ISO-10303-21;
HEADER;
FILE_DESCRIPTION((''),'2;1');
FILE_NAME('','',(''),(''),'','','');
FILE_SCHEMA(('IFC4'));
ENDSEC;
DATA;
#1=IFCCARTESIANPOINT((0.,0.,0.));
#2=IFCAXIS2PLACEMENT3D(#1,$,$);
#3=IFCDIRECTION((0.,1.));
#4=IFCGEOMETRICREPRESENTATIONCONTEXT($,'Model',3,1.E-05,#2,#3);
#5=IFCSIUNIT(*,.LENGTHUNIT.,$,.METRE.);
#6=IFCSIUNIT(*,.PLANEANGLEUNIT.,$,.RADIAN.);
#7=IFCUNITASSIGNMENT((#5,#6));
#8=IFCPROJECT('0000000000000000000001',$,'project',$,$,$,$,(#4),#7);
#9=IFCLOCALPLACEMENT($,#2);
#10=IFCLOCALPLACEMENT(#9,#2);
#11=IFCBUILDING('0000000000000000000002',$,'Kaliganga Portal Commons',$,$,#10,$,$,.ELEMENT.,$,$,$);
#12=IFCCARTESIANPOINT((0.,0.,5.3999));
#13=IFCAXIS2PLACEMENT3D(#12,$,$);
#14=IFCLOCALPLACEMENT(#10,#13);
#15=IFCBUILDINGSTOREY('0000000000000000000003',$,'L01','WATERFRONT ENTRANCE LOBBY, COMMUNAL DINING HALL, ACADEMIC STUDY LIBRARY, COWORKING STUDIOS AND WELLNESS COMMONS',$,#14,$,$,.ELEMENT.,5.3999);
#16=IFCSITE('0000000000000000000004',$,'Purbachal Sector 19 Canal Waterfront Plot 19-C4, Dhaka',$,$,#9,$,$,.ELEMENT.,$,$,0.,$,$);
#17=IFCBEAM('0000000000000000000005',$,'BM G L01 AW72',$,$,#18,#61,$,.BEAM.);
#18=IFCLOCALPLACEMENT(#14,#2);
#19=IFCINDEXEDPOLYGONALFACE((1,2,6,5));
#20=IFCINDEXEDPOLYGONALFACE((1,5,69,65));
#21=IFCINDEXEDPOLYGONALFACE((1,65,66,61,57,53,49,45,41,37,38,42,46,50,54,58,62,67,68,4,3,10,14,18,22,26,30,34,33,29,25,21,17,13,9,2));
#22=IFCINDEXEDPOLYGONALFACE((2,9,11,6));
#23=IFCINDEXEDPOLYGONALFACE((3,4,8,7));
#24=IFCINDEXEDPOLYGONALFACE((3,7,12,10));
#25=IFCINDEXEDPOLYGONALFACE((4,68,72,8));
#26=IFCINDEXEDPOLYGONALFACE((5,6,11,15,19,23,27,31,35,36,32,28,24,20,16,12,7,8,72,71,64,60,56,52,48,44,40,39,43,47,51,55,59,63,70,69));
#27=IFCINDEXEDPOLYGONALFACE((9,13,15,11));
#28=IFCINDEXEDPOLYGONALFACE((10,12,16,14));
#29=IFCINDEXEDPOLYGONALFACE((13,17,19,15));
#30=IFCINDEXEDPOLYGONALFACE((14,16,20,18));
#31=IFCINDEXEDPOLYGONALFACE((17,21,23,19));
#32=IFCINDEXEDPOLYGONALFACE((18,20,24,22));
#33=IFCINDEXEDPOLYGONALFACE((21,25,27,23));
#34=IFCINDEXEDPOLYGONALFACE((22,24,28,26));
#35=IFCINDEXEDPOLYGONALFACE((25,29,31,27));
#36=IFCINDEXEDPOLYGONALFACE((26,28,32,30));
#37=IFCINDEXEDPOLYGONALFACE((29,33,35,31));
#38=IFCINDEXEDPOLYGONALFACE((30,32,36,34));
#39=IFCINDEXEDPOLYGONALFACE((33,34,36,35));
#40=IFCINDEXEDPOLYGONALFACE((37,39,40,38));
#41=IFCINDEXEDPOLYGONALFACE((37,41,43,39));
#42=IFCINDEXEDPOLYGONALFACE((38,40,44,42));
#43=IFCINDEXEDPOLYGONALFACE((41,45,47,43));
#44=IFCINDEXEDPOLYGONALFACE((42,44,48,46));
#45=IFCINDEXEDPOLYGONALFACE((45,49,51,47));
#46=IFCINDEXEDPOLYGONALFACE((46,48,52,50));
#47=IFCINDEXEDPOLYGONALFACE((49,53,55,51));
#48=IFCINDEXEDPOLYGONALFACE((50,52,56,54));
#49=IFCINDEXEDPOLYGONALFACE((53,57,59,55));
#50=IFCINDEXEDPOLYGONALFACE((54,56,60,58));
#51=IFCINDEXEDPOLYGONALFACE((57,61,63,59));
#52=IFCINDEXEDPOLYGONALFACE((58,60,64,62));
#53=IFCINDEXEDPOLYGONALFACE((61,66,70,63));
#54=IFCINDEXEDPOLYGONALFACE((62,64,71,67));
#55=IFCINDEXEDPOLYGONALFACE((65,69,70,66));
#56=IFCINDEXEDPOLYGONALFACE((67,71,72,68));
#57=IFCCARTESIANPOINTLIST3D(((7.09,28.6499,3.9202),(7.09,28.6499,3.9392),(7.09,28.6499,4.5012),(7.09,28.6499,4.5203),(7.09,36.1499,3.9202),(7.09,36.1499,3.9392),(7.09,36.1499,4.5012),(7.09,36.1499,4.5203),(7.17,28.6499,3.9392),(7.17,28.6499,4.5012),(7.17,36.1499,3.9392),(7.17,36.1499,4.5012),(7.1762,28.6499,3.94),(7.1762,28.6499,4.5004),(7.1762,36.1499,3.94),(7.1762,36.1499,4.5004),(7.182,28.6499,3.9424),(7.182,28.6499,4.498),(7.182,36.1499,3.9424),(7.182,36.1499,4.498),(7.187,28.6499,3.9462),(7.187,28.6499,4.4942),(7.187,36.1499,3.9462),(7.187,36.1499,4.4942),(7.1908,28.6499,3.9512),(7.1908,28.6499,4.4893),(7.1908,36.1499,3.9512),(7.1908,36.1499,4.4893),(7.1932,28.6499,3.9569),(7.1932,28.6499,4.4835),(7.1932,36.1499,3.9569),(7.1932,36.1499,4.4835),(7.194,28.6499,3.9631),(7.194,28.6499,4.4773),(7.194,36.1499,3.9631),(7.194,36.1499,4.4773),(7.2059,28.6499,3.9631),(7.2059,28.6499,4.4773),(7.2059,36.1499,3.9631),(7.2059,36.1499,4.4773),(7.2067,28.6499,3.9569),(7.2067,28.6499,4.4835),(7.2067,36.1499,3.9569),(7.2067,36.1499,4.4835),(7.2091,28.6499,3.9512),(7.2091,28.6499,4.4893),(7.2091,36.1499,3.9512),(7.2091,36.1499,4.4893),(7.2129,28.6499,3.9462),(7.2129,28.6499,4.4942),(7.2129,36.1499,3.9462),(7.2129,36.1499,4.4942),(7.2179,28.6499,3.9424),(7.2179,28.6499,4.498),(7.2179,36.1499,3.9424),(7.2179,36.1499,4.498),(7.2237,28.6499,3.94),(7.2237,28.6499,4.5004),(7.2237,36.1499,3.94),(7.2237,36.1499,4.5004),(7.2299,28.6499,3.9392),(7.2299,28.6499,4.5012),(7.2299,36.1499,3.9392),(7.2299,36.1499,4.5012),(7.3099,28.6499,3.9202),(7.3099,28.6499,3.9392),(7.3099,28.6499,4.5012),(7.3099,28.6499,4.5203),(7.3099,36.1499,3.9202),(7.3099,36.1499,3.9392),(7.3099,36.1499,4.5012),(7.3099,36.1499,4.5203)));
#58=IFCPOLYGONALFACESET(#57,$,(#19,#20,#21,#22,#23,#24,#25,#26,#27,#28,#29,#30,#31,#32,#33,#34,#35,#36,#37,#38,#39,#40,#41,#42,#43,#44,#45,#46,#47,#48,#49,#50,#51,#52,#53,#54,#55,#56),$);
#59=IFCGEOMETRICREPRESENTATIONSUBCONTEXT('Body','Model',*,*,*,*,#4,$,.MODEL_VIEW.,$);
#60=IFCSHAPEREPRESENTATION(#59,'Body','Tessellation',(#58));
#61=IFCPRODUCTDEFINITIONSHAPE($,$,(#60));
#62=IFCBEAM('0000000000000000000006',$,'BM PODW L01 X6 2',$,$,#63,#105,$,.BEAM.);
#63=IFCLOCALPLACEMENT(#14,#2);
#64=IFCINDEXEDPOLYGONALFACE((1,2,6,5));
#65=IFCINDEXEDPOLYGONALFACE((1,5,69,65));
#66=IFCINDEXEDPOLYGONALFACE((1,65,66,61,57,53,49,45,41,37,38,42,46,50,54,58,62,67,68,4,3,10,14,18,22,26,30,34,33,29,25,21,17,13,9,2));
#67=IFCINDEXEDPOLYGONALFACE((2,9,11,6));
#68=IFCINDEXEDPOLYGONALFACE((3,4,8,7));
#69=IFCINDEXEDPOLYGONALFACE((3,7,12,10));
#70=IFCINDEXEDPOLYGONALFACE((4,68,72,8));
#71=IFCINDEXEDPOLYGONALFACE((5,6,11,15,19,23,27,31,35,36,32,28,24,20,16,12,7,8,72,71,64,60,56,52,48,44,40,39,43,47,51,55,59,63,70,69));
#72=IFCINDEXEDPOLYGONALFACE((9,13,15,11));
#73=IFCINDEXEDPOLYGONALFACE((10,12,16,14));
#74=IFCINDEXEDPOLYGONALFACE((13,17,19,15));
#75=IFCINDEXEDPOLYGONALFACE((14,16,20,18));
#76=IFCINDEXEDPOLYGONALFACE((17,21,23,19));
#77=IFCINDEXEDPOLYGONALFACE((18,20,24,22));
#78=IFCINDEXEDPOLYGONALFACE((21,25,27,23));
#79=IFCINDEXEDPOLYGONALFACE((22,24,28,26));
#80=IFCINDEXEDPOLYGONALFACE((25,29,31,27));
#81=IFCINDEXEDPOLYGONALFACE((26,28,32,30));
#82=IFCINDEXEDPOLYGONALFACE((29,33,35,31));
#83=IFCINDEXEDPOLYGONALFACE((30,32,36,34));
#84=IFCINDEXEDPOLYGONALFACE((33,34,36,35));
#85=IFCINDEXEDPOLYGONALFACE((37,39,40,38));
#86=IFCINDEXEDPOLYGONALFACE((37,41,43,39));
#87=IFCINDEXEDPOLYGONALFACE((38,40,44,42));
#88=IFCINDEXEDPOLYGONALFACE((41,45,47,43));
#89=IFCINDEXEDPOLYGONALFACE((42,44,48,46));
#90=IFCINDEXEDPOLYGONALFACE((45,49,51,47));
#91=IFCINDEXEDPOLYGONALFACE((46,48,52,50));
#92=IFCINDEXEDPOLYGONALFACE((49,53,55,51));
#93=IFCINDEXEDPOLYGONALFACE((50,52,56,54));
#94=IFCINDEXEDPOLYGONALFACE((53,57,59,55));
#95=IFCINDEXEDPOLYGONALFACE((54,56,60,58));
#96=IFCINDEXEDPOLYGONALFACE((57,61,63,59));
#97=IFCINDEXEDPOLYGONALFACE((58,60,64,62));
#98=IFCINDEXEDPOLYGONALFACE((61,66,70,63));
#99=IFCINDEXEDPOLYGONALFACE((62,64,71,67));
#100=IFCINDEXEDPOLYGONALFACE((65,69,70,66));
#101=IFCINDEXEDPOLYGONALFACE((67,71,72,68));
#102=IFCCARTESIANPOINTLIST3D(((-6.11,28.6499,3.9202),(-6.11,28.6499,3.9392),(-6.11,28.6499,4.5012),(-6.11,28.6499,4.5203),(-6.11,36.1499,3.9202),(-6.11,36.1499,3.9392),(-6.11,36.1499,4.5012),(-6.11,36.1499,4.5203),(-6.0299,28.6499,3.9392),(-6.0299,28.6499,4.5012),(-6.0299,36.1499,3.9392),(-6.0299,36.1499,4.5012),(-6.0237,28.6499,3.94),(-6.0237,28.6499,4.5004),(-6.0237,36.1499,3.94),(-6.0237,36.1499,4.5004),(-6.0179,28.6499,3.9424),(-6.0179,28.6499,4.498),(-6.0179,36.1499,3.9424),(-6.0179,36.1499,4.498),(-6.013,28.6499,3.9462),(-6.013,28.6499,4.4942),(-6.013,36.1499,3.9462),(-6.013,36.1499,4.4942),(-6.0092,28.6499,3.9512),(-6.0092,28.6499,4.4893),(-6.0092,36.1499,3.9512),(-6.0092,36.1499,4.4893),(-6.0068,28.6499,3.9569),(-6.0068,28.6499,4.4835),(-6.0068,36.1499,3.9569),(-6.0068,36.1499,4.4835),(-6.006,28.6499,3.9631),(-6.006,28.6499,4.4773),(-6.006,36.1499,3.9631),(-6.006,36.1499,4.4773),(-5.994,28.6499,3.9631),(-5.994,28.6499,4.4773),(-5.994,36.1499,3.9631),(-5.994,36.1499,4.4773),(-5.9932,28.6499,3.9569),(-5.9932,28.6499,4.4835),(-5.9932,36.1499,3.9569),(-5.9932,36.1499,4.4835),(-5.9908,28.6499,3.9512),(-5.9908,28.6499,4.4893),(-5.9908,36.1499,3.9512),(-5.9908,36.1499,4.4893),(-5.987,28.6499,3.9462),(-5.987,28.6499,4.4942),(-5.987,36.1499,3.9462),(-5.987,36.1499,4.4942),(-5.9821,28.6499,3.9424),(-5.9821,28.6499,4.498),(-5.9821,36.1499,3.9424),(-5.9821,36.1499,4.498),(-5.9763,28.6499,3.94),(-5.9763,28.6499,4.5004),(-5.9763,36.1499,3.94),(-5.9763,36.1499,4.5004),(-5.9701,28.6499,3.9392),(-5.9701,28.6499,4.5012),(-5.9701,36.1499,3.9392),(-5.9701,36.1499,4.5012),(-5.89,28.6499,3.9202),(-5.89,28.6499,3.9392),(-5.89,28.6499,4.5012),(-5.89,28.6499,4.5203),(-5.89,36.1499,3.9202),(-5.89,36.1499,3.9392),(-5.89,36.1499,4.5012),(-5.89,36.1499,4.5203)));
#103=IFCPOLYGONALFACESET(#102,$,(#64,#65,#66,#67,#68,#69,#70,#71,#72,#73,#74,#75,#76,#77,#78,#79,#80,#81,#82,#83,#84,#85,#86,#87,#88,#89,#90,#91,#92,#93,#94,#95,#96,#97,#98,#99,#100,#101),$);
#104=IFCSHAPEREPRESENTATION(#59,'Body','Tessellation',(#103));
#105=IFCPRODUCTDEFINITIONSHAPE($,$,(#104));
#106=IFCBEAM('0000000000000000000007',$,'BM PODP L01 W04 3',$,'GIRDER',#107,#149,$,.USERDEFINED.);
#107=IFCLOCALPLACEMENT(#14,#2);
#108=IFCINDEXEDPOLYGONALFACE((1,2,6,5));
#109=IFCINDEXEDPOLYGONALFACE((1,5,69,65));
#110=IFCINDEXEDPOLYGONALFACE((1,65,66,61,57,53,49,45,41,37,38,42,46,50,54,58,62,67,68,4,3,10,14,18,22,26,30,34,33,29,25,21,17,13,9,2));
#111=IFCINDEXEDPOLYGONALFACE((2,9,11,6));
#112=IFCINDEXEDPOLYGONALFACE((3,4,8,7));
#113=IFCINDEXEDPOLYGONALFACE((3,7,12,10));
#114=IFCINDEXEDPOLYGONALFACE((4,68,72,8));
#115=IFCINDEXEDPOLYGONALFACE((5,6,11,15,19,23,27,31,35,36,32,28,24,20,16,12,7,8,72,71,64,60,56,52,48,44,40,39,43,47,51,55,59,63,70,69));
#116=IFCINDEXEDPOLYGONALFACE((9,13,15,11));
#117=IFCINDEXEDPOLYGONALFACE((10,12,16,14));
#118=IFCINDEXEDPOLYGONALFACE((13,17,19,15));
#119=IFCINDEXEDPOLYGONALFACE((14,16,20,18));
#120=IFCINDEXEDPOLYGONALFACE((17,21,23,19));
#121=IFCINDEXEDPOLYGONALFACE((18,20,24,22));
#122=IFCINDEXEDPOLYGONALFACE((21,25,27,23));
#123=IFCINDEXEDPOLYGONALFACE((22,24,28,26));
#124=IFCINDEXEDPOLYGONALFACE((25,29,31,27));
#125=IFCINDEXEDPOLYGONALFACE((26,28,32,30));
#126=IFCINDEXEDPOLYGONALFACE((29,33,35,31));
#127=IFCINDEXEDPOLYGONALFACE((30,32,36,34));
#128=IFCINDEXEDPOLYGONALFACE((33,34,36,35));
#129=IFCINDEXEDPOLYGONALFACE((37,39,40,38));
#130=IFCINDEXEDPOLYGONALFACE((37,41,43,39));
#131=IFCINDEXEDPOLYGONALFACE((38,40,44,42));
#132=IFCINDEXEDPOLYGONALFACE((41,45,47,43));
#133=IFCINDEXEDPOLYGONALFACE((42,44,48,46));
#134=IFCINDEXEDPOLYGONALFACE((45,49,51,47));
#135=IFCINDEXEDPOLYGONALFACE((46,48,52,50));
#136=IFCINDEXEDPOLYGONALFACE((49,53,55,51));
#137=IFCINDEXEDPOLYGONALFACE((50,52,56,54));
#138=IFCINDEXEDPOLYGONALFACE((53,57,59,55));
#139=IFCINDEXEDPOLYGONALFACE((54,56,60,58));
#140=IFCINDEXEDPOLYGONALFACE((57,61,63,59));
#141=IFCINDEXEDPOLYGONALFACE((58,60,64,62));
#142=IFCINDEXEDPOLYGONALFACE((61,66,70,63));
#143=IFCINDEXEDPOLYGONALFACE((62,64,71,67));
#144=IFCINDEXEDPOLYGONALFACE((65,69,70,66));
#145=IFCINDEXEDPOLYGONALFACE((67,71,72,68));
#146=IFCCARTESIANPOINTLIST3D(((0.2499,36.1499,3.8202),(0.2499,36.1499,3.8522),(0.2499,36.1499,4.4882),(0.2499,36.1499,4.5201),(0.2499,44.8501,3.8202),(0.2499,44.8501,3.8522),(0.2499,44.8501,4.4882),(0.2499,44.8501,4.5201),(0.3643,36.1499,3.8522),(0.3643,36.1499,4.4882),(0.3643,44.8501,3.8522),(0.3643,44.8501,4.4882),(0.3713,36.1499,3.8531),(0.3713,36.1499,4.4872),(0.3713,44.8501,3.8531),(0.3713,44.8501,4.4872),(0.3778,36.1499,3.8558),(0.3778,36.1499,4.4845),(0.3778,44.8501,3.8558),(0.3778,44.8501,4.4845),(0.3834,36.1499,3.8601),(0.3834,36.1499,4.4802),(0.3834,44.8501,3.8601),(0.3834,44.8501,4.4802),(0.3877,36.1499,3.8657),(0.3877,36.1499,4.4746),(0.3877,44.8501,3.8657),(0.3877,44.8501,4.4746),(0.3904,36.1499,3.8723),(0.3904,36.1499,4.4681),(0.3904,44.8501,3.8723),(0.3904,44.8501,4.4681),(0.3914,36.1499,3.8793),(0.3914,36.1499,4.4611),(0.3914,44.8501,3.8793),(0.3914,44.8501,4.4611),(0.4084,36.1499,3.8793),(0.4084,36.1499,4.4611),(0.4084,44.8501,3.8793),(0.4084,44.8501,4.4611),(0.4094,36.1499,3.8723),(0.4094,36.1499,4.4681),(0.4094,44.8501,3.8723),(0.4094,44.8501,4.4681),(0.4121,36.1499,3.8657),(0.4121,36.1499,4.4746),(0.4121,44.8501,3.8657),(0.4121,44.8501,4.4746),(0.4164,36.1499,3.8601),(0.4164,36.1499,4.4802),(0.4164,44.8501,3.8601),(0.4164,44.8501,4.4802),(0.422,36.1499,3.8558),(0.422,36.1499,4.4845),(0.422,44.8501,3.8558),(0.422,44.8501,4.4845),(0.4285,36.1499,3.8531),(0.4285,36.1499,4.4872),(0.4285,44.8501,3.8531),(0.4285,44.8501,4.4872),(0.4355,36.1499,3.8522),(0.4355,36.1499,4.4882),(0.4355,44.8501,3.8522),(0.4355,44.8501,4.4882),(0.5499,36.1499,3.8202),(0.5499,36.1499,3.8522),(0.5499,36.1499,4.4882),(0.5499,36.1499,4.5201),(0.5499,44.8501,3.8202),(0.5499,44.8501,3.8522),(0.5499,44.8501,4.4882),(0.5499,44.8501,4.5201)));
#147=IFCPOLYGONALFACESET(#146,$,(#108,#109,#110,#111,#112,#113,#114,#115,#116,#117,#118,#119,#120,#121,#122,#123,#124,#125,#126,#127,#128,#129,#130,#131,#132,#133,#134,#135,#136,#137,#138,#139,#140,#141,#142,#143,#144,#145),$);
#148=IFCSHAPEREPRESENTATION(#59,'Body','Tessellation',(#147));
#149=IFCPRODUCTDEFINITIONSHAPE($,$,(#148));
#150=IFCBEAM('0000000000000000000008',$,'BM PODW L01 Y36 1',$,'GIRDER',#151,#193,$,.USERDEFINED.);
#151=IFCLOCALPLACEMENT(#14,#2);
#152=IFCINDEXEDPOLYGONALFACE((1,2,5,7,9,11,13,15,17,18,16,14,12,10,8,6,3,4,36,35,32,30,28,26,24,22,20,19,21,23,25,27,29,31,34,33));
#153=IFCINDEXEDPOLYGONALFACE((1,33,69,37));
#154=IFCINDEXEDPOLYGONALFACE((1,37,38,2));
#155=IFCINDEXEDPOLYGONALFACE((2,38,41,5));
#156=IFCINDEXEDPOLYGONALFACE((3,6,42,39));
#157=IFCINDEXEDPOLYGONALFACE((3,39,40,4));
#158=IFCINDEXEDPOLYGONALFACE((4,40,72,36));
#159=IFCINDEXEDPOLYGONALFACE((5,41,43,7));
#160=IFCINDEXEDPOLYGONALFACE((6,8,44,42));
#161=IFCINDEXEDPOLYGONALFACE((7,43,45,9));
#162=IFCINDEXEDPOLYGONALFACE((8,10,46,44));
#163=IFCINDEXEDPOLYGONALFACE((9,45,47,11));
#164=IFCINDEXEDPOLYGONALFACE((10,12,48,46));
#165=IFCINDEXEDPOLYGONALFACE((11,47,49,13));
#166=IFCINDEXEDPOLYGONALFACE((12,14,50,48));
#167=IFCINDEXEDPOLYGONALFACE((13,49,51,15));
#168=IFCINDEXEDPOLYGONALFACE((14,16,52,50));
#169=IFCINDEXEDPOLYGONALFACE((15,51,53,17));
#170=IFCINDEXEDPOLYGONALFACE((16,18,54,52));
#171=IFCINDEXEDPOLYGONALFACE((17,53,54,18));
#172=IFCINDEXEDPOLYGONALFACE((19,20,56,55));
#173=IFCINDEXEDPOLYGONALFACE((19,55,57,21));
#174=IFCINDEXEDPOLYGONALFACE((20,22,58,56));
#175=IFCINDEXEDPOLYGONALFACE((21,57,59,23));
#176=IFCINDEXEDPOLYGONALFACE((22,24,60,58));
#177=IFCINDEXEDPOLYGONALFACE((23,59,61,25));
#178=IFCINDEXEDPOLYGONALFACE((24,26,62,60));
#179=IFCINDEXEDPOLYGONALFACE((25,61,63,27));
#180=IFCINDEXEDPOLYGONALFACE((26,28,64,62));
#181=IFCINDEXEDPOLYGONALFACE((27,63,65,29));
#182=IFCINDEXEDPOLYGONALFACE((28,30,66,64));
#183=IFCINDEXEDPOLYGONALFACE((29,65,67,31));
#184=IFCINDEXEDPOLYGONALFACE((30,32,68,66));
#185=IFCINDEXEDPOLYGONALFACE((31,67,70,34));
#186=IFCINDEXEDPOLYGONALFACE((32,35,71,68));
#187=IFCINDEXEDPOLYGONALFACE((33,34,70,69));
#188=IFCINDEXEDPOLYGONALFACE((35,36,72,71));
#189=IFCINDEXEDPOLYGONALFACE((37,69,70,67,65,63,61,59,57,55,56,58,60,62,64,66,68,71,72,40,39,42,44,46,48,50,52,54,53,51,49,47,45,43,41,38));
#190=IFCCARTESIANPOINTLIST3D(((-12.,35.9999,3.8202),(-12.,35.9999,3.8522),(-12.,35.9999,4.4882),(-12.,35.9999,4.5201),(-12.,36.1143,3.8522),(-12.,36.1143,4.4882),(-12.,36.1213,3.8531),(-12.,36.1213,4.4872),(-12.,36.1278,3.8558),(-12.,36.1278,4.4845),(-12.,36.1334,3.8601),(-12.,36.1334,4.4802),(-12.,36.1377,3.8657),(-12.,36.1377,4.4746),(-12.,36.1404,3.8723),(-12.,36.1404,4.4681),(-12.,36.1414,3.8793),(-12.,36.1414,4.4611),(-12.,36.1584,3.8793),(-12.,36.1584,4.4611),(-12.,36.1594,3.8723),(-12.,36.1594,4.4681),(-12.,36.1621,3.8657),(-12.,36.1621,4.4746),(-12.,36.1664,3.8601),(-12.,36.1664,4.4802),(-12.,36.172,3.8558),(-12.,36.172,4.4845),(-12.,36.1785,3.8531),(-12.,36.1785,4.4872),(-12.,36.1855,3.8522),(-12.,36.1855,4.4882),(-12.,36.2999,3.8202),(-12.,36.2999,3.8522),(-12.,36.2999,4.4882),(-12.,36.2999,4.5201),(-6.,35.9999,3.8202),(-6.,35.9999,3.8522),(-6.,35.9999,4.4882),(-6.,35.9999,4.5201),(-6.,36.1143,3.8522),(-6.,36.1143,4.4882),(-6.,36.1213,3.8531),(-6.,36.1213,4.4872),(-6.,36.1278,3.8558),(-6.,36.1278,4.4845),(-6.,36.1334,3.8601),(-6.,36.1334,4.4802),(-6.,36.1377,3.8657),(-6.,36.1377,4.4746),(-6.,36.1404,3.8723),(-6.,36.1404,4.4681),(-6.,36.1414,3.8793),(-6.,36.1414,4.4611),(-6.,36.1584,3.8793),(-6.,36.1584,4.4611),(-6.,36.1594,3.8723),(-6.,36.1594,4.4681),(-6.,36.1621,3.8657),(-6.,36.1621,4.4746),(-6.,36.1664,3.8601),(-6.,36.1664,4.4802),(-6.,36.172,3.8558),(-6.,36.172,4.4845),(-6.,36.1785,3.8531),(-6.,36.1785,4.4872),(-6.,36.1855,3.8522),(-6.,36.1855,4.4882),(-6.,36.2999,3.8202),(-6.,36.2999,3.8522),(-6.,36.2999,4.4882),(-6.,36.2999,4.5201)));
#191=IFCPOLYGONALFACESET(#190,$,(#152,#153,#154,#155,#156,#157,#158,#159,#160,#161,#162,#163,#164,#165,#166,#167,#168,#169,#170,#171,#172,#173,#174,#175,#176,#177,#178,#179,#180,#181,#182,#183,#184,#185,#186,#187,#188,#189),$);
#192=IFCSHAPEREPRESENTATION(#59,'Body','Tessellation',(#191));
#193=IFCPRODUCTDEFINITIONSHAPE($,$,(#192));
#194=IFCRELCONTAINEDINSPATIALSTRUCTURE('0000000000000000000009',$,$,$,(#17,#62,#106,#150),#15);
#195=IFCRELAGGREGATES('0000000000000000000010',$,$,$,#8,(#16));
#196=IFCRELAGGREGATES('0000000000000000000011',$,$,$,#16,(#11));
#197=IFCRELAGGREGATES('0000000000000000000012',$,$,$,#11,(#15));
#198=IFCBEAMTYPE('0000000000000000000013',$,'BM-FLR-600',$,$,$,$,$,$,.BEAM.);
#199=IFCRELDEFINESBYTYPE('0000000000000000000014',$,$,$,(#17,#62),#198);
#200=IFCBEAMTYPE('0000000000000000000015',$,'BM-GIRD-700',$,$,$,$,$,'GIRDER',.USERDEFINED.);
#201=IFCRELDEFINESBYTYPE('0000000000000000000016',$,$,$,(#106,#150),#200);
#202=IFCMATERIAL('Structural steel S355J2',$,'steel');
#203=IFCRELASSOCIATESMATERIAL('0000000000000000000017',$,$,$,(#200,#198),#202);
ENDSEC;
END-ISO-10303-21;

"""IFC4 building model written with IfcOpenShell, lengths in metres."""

from ifc_helpers import new_model, si_unit, direction, frame, origin, origin_2d, place, context, subcontext, project, spatial, i_section, extrude, source, transform, mapped, material, material_profile, profile_set, type_object, element, save


model = new_model("IFC4")

# Units and contexts
model_context = context("Model", 3, precision=1e-05, world=origin(), true_north=direction((0.0, 1.0)))
body_context = subcontext(model_context, "Body", "Model", "MODEL_VIEW")
ifc_project = project(units=[si_unit("LENGTHUNIT", "METRE"), si_unit("PLANEANGLEUNIT", "RADIAN")], contexts=[model_context])

# Site, building, storey
site_placement = place(None, origin())
site = spatial("IfcSite", under=ifc_project, at=site_placement, Name="Purbachal Sector 19 Canal Waterfront Plot 19-C4, Dhaka", CompositionType="ELEMENT", RefElevation=0.0)
building_placement = place(site_placement, origin())
building = spatial("IfcBuilding", under=site, at=building_placement, Name="Kaliganga Portal Commons", CompositionType="ELEMENT")
storey_placement = place(building_placement, frame((0.0, 0.0, 5.3999)))
storey = spatial("IfcBuildingStorey", under=building, at=storey_placement, Name="L01", Description="WATERFRONT ENTRANCE LOBBY, COMMUNAL DINING HALL, ACADEMIC STUDY LIBRARY, COWORKING STUDIOS AND WELLNESS COMMONS", CompositionType="ELEMENT", Elevation=5.3999)

# Beams
ifc_material_1 = material(Name="Structural steel S355J2", Category="steel")
ifc_material_profile_1 = material_profile(ifc_material_1, i_section(OverallWidth=0.3, OverallDepth=0.7, WebThickness=0.0171, FlangeThickness=0.032, FilletRadius=0.0271, at=origin_2d()), Name="HE 700 B")
ifc_profile_set_1 = profile_set([ifc_material_profile_1], Name="Structural steel S355J2 wide-flange")
beam_type_1 = type_object("IfcBeamType", Name="BM-GIRD-700", ElementType="GIRDER", PredefinedType="USERDEFINED", material=ifc_profile_set_1)
ifc_material_profile_2 = material_profile(ifc_material_1, i_section(OverallWidth=0.22, OverallDepth=0.6001, WebThickness=0.012, FlangeThickness=0.019, FilletRadius=0.0239, at=origin_2d()), Name="IPE 600")
ifc_profile_set_2 = profile_set([ifc_material_profile_2], Name="Structural steel S355J2 wide-flange")
beam_type_2 = type_object("IfcBeamType", Name="BM-FLR-600", PredefinedType="BEAM", material=ifc_profile_set_2)
shared_shape_1 = source(origin(), body_context, "Body", "SweptSolid", [
    extrude(i_section(OverallWidth=0.22, OverallDepth=0.6001, WebThickness=0.012, FlangeThickness=0.019, FilletRadius=0.0239, at=origin_2d()), origin(), (0.0, 0.0, 1.0), 7.5),
])
for number, where, z_axis, x_axis, name in (
    (1, (7.2, 28.6499, 4.2202), (0.0, 1.0, 0.0), (-1.0, 0.0, 0.0), "BM G L01 AW72"),
    (2, (-6.0, 28.6499, 4.2202), (0.0, 1.0, 0.0), (-1.0, 0.0, 0.0), "BM PODW L01 X6 2"),
):
    element("IfcBeam", number, at=place(storey_placement, frame(where, z_axis=z_axis, x_axis=x_axis)), inside=storey, type_object=beam_type_2, Name=name, PredefinedType="BEAM", context=body_context, shape_type="MappedRepresentation", body=[
        mapped(shared_shape_1, transform((0.0, 0.0, 0.0), x_axis=(1.0, 0.0, 0.0), y_axis=(0.0, 1.0, 0.0), z_axis=(0.0, 0.0, 1.0), scale=1.0)),
    ])
shared_shape_2 = source(origin(), body_context, "Body", "SweptSolid", [
    extrude(i_section(OverallWidth=0.3, OverallDepth=0.7, WebThickness=0.0171, FlangeThickness=0.032, FilletRadius=0.0271, at=origin_2d()), origin(), (0.0, 0.0, 1.0), 8.7002),
])
beam_1_placement = place(storey_placement, frame((0.3999, 36.1499, 4.1702), z_axis=(0.0, 1.0, 0.0), x_axis=(-1.0, 0.0, 0.0)))
element("IfcBeam", 3, at=beam_1_placement, inside=storey, type_object=beam_type_1, Name="BM PODP L01 W04 3", ObjectType="GIRDER", PredefinedType="USERDEFINED", context=body_context, shape_type="MappedRepresentation", body=[
    mapped(shared_shape_2, transform((0.0, 0.0, 0.0), x_axis=(1.0, 0.0, 0.0), y_axis=(0.0, 1.0, 0.0), z_axis=(0.0, 0.0, 1.0), scale=1.0)),
])
shared_shape_3 = source(origin(), body_context, "Body", "SweptSolid", [
    extrude(i_section(OverallWidth=0.3, OverallDepth=0.7, WebThickness=0.0171, FlangeThickness=0.032, FilletRadius=0.0271, at=origin_2d()), origin(), (0.0, 0.0, 1.0), 6.0),
])
beam_2_placement = place(storey_placement, frame((-12.0, 36.1499, 4.1702), z_axis=(1.0, 0.0, 0.0), x_axis=(0.0, 1.0, 0.0)))
element("IfcBeam", 4, at=beam_2_placement, inside=storey, type_object=beam_type_1, Name="BM PODW L01 Y36 1", ObjectType="GIRDER", PredefinedType="USERDEFINED", context=body_context, shape_type="MappedRepresentation", body=[
    mapped(shared_shape_3, transform((0.0, 0.0, 0.0), x_axis=(1.0, 0.0, 0.0), y_axis=(0.0, 1.0, 0.0), z_axis=(0.0, 0.0, 1.0), scale=1.0)),
])

save(model, "model.ifc")
